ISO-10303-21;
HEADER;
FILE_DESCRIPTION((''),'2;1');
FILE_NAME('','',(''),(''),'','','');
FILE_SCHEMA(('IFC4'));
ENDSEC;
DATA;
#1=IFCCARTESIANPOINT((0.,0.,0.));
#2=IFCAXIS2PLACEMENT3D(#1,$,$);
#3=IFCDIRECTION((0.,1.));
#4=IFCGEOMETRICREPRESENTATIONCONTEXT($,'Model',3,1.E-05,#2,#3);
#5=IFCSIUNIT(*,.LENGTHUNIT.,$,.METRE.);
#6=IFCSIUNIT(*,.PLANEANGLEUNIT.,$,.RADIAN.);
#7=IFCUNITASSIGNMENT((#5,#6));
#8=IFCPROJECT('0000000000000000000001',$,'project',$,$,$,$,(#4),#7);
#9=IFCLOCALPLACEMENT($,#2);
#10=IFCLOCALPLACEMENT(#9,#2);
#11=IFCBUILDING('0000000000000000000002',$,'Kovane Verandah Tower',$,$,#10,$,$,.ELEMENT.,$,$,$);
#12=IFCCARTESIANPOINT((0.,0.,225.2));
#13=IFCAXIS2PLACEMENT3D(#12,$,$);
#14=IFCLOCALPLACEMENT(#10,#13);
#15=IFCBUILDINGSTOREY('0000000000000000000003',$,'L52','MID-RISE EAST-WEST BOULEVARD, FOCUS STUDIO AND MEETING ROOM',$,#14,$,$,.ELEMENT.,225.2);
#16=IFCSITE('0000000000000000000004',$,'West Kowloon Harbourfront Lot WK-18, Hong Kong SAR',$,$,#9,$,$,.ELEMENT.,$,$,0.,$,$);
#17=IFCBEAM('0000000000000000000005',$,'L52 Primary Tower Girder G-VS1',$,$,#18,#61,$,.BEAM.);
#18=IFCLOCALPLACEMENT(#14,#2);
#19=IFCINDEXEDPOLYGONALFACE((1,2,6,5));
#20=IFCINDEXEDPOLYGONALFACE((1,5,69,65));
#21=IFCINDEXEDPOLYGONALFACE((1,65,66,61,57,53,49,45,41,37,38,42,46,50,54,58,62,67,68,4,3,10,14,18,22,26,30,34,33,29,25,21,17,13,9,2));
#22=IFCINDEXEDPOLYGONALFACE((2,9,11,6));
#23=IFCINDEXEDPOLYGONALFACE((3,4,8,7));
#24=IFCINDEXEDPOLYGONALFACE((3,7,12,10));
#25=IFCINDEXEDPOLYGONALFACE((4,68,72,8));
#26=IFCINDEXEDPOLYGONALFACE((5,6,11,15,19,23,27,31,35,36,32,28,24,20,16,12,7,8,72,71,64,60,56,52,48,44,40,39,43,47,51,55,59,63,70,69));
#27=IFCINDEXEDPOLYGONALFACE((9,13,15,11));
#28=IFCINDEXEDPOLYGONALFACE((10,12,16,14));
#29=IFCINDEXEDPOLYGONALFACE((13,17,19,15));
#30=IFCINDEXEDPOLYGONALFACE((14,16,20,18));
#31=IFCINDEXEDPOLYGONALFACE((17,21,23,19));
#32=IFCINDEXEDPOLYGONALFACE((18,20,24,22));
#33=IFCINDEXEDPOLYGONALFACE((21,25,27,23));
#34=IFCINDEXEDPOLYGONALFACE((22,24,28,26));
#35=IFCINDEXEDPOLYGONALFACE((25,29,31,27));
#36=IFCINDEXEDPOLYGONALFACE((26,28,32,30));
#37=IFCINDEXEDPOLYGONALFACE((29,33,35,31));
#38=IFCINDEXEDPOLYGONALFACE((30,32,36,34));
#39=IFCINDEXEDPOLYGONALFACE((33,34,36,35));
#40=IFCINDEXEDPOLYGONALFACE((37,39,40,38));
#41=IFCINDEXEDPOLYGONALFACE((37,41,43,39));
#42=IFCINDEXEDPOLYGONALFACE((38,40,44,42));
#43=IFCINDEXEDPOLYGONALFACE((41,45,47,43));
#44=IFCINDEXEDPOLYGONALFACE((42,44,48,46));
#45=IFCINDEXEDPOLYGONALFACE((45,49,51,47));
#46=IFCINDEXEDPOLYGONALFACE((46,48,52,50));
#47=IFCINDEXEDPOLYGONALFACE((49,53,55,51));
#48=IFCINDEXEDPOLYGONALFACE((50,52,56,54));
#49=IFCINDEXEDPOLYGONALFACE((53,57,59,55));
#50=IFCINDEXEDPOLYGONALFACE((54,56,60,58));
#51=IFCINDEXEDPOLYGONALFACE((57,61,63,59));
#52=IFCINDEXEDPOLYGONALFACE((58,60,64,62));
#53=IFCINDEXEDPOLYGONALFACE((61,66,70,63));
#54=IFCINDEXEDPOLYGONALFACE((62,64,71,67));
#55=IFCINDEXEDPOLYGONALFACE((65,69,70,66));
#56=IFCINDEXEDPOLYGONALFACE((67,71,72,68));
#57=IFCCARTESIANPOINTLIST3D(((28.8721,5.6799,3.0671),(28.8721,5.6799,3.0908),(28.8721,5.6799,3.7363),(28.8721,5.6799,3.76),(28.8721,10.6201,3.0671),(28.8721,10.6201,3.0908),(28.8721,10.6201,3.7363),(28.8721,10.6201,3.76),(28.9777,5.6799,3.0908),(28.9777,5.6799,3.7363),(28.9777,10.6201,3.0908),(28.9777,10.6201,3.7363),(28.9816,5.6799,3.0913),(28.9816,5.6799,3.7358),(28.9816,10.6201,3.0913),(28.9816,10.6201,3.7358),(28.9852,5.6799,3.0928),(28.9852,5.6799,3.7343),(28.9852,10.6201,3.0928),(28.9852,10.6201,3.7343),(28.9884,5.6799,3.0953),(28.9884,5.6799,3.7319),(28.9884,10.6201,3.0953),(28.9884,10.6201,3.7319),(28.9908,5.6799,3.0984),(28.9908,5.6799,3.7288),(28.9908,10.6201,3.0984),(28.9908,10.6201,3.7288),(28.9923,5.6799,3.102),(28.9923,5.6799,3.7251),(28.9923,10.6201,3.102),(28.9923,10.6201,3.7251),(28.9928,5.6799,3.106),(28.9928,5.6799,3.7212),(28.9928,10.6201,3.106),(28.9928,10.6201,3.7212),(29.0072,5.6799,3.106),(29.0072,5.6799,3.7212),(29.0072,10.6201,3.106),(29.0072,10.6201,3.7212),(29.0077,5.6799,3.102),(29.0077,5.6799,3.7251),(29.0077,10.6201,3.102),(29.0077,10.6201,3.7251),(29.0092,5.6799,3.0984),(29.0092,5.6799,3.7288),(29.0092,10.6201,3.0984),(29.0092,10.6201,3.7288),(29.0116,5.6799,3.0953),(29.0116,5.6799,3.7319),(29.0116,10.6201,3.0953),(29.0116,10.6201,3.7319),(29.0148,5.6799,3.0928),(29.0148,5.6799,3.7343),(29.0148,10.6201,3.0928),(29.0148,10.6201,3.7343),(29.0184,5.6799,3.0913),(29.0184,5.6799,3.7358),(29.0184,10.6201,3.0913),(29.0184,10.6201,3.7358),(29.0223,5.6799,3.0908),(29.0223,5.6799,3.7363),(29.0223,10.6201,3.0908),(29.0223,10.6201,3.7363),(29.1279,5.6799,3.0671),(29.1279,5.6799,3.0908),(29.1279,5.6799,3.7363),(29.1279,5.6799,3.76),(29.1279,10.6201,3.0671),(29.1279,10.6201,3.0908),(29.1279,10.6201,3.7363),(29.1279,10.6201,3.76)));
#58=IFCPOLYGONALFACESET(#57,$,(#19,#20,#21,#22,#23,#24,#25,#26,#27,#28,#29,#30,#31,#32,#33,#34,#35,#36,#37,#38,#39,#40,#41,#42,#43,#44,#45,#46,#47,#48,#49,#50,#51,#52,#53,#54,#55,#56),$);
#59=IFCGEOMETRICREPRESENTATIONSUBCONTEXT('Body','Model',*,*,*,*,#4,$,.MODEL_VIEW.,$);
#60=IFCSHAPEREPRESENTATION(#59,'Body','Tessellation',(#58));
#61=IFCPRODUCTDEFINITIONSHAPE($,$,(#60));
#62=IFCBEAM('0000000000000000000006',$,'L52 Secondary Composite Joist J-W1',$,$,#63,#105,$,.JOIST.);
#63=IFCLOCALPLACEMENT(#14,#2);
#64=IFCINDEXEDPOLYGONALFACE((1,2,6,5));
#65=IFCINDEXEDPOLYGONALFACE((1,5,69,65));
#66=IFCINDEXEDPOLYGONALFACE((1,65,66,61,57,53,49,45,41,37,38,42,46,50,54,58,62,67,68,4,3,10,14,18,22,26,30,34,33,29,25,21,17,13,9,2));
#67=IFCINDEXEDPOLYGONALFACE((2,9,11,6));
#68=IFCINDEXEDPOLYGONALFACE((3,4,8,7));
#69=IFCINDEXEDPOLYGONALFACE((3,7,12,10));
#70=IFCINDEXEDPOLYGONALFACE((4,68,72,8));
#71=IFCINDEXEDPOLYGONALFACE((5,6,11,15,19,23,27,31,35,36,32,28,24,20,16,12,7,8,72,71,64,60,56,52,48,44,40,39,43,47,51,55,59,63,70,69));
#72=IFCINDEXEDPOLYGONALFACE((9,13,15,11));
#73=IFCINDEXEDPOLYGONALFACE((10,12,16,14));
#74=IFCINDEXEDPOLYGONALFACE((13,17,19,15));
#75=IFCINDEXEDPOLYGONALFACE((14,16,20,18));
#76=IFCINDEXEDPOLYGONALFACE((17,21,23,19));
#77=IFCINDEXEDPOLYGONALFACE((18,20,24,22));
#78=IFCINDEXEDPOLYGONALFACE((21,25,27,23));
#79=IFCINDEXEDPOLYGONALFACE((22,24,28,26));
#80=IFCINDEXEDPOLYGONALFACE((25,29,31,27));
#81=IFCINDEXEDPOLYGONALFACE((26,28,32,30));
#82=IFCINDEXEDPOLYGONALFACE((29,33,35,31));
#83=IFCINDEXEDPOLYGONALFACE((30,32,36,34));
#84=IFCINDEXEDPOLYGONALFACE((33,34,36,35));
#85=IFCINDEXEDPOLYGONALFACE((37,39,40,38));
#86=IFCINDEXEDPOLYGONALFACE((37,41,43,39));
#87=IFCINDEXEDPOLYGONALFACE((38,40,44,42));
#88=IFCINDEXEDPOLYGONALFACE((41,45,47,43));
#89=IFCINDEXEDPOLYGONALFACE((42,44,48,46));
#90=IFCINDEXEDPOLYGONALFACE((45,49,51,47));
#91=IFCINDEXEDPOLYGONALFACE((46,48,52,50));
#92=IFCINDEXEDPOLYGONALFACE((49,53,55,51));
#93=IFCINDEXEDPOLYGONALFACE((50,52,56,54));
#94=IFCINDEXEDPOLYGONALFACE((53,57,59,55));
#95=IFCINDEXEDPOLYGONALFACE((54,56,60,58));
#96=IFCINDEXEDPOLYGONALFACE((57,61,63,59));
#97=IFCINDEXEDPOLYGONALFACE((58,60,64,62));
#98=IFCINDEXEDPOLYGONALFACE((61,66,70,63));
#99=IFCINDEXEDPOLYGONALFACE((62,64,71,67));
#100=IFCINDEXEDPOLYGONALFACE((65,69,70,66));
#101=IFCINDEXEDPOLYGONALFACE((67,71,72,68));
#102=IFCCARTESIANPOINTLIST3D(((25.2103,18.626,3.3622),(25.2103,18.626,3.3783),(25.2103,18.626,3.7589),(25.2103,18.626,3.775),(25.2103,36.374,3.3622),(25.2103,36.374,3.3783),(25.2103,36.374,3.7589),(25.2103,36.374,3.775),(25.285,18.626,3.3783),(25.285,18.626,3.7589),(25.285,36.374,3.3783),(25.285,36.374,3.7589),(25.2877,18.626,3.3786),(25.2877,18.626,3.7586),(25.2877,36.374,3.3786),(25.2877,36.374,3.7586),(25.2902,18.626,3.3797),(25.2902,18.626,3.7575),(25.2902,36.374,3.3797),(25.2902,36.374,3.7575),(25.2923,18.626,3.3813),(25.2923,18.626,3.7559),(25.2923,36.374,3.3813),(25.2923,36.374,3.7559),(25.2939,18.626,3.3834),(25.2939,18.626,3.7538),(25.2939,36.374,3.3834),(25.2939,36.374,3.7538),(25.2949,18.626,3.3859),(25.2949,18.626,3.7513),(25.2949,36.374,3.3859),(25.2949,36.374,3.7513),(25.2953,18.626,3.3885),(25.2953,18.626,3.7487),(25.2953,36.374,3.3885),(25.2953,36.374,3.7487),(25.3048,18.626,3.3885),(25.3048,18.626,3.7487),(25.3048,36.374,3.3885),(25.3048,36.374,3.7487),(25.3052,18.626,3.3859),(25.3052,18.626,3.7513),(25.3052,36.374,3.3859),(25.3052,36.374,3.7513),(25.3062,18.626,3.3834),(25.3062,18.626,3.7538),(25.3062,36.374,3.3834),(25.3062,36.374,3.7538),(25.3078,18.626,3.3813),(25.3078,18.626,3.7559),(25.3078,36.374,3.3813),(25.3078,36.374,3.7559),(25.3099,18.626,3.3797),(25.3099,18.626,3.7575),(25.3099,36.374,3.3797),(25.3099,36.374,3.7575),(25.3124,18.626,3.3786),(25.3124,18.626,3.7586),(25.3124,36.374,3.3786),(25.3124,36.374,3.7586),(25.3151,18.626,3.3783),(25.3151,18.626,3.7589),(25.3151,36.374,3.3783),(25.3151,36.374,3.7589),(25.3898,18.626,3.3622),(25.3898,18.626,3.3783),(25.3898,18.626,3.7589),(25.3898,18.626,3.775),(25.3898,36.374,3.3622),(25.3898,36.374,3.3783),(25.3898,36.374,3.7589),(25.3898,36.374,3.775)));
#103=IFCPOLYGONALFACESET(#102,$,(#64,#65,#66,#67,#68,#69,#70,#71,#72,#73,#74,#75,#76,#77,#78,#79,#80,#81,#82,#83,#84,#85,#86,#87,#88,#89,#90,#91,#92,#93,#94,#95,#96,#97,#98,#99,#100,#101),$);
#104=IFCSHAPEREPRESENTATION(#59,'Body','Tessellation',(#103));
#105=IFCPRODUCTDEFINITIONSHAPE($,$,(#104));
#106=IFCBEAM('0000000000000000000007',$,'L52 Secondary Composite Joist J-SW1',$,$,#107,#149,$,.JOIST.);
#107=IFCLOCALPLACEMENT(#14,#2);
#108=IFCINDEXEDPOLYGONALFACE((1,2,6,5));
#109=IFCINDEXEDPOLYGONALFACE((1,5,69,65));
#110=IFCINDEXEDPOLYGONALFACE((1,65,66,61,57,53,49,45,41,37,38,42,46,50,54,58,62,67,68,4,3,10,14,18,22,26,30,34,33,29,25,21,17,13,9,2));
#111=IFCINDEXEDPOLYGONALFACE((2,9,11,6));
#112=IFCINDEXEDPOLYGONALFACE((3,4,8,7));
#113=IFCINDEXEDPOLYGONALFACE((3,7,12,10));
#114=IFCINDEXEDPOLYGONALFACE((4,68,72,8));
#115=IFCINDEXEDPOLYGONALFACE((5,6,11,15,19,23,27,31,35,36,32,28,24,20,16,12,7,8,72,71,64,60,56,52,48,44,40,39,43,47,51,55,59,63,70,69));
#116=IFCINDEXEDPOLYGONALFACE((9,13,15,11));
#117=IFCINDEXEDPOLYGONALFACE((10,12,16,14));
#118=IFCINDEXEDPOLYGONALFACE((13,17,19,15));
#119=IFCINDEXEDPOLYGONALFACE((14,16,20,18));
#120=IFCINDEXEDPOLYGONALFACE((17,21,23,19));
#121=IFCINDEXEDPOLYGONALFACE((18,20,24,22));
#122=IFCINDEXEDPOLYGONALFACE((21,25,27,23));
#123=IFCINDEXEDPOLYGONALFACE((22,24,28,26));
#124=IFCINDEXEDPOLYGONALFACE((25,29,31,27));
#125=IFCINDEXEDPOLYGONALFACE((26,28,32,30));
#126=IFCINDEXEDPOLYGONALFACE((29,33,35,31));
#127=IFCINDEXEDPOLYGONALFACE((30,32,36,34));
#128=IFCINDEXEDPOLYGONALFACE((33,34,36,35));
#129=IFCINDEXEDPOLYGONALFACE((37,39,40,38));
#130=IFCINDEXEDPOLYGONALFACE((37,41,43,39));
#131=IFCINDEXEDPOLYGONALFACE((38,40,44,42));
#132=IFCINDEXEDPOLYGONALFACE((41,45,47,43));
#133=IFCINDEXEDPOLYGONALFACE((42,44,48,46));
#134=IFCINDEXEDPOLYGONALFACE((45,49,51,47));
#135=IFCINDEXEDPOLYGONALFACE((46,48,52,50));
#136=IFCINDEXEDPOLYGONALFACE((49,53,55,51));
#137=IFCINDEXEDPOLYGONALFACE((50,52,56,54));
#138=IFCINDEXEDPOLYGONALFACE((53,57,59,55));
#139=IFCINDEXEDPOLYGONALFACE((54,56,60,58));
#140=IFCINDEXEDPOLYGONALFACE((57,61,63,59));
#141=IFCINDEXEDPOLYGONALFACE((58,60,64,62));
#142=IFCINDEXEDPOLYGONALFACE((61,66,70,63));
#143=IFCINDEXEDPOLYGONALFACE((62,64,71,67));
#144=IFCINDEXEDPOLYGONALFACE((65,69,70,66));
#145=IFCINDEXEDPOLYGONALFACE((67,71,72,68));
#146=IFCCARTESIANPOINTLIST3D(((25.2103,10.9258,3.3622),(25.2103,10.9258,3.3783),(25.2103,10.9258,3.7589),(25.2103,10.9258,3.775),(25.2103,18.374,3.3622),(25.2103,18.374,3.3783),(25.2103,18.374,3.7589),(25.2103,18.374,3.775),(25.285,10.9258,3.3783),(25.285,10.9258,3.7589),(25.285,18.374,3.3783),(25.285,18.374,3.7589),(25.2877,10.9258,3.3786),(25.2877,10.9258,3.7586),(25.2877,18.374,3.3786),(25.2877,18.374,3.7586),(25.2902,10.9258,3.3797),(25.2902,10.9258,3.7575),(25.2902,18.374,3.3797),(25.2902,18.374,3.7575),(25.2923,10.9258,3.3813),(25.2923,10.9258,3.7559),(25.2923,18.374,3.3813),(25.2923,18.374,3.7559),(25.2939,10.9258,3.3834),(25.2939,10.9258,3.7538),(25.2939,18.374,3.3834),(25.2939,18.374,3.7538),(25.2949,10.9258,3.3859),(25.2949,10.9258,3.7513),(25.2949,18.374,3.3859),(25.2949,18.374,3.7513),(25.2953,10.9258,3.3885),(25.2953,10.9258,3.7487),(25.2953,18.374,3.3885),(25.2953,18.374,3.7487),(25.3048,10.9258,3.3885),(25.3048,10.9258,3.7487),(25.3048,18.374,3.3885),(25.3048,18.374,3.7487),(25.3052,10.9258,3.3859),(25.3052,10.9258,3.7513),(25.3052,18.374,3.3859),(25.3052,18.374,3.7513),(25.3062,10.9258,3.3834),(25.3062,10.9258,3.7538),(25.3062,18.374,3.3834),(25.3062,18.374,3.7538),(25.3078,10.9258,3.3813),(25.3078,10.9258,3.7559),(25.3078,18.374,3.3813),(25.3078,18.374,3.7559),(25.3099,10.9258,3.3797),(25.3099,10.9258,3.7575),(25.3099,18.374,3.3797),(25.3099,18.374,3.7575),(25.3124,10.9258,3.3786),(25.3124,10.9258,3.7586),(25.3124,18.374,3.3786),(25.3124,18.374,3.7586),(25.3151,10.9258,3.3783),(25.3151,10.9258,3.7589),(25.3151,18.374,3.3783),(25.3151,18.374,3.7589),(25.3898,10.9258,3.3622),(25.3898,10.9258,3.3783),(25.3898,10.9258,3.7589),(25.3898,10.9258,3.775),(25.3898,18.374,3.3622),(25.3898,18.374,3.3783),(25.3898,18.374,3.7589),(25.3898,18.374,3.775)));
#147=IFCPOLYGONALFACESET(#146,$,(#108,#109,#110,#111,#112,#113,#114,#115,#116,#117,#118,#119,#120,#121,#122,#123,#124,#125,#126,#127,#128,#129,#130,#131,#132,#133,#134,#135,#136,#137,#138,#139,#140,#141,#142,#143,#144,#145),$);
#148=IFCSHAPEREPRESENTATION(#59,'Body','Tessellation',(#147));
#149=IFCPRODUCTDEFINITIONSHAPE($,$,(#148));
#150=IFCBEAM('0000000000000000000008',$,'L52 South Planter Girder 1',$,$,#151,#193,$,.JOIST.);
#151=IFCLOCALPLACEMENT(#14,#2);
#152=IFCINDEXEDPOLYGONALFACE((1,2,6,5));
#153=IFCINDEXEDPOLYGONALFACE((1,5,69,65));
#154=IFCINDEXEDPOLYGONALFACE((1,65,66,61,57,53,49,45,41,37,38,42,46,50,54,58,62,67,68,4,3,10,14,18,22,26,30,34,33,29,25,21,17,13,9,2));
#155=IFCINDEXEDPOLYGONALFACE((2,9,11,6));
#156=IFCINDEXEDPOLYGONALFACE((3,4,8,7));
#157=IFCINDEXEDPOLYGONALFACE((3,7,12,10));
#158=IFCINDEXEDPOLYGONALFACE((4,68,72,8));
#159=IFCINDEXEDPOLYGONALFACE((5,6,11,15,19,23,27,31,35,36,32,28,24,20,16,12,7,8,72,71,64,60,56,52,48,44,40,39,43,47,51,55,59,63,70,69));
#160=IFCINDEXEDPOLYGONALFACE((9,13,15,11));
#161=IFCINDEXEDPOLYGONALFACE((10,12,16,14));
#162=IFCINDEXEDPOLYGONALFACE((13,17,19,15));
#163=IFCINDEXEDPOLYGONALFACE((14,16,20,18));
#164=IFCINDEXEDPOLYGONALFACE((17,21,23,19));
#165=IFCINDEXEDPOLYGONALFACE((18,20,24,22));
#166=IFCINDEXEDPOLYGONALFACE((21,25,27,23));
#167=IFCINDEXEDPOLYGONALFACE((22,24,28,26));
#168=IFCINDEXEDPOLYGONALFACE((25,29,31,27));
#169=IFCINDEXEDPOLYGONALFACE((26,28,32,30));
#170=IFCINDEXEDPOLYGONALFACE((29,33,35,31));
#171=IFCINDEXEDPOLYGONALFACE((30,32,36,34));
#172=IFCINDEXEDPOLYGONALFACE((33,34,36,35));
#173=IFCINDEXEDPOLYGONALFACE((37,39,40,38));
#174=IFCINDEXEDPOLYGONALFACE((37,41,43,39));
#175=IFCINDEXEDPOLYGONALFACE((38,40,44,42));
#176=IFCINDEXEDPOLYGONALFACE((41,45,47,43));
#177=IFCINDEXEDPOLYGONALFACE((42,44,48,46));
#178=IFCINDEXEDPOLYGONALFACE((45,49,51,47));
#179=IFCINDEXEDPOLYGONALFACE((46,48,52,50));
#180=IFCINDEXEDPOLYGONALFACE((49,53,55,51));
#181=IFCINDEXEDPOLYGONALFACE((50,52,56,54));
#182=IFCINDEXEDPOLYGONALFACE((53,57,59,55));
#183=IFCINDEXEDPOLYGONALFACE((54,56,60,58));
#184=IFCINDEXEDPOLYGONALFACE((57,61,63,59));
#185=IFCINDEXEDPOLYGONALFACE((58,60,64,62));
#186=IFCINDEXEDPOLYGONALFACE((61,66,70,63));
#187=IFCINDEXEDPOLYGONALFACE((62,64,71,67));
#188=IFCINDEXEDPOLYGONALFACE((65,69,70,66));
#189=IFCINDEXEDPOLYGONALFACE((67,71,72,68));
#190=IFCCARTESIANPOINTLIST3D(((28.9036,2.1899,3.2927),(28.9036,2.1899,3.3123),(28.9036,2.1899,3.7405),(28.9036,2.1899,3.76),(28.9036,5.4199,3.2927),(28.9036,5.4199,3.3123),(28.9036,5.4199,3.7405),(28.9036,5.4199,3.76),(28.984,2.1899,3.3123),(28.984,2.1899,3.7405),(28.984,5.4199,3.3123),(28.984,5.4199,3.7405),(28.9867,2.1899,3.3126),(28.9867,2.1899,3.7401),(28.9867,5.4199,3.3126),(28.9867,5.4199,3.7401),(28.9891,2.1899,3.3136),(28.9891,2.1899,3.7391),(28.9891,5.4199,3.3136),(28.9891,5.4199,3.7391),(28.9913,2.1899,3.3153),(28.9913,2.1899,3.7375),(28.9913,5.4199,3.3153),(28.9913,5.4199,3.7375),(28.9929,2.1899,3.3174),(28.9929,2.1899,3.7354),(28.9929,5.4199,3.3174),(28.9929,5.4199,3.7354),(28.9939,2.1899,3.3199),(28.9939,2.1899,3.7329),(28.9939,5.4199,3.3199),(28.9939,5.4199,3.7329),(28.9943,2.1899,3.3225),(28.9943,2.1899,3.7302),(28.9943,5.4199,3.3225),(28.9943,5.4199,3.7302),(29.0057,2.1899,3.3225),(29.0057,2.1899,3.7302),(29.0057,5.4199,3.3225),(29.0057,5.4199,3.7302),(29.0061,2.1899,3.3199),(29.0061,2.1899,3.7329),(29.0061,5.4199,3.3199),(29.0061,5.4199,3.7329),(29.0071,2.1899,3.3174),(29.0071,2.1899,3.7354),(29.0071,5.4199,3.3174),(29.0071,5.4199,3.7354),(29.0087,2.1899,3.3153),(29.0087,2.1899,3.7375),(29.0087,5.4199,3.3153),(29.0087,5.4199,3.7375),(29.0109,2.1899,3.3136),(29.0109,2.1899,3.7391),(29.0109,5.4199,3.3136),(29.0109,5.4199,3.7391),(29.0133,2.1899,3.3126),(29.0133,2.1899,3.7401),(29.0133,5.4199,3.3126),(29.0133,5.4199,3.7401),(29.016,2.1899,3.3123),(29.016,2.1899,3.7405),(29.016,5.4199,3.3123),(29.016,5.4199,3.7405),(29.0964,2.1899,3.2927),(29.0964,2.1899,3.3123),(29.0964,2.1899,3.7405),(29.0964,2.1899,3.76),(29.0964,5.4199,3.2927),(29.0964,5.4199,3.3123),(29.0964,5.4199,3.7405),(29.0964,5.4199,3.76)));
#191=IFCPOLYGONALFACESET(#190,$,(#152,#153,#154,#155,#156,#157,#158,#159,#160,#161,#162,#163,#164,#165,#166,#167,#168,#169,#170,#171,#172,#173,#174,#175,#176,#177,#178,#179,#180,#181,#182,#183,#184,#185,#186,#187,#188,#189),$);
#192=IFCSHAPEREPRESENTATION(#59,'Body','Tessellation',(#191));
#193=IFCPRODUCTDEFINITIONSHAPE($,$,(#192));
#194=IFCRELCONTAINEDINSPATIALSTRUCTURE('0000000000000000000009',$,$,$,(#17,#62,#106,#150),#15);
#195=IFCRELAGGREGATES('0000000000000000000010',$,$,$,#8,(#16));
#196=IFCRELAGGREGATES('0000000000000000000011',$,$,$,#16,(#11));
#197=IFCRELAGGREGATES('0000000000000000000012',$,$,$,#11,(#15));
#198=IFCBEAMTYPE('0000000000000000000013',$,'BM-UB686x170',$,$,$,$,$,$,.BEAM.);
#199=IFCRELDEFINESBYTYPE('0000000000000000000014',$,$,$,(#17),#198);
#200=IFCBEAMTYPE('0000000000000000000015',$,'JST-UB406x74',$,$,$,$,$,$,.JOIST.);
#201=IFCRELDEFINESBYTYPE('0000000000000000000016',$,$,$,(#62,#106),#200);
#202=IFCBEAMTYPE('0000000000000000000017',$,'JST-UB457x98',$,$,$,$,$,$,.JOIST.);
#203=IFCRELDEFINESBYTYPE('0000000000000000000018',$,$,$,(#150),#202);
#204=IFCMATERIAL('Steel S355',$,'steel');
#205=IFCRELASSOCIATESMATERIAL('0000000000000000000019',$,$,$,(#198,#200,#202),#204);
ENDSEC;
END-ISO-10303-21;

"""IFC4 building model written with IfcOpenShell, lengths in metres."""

from ifc_helpers import new_model, si_unit, direction, frame, origin, origin_2d, place, context, subcontext, project, spatial, i_section, extrude, material, material_profile, profile_set, type_object, element, save


model = new_model("IFC4")

# Units and contexts
model_context = context("Model", 3, precision=1e-05, world=origin(), true_north=direction((0.0, 1.0)))
body_context = subcontext(model_context, "Body", "Model", "MODEL_VIEW")
ifc_project = project(units=[si_unit("LENGTHUNIT", "METRE"), si_unit("PLANEANGLEUNIT", "RADIAN")], contexts=[model_context])

# Site, building, storey
site_placement = place(None, origin())
site = spatial("IfcSite", under=ifc_project, at=site_placement, Name="West Kowloon Harbourfront Lot WK-18, Hong Kong SAR", CompositionType="ELEMENT", RefElevation=0.0)
building_placement = place(site_placement, origin())
building = spatial("IfcBuilding", under=site, at=building_placement, Name="Kovane Verandah Tower", CompositionType="ELEMENT")
storey_placement = place(building_placement, frame((0.0, 0.0, 225.2)))
storey = spatial("IfcBuildingStorey", under=building, at=storey_placement, Name="L52", Description="MID-RISE EAST-WEST BOULEVARD, FOCUS STUDIO AND MEETING ROOM", CompositionType="ELEMENT", Elevation=225.2)

# Beams
ifc_material_1 = material(Name="Steel S355", Category="steel")
ifc_material_profile_1 = material_profile(ifc_material_1, i_section(OverallWidth=0.2559, OverallDepth=0.6929, WebThickness=0.0144, FlangeThickness=0.0237, FilletRadius=0.0151, at=origin_2d()), Name="UB686x254x170")
ifc_profile_set_1 = profile_set([ifc_material_profile_1], Name="Steel S355")
beam_type_1 = type_object("IfcBeamType", Name="BM-UB686x170", PredefinedType="BEAM", material=ifc_profile_set_1)
beam_1_placement = place(storey_placement, frame((29.0, 10.6201, 3.4136), z_axis=(0.0, -1.0, 0.0), x_axis=(1.0, 0.0, 0.0)))
element("IfcBeam", 1, at=beam_1_placement, inside=storey, type_object=beam_type_1, Name="L52 Primary Tower Girder G-VS1", PredefinedType="BEAM", context=body_context, shape_type="SweptSolid", body=[
    extrude(i_section(OverallWidth=0.2559, OverallDepth=0.6929, WebThickness=0.0144, FlangeThickness=0.0237, FilletRadius=0.0151, at=origin_2d()), origin(), (0.0, 0.0, 1.0), 4.9402),
])
ifc_material_profile_2 = material_profile(ifc_material_1, i_section(OverallWidth=0.1794, OverallDepth=0.4128, WebThickness=0.0095, FlangeThickness=0.0161, FilletRadius=0.0103, at=origin_2d()), Name="UB406x178x74")
ifc_profile_set_2 = profile_set([ifc_material_profile_2], Name="Steel S355")
beam_type_2 = type_object("IfcBeamType", Name="JST-UB406x74", PredefinedType="JOIST", material=ifc_profile_set_2)
beam_2_placement = place(storey_placement, frame((25.3, 18.626, 3.5686), z_axis=(0.0, 1.0, 0.0), x_axis=(-1.0, 0.0, 0.0)))
element("IfcBeam", 2, at=beam_2_placement, inside=storey, type_object=beam_type_2, Name="L52 Secondary Composite Joist J-W1", PredefinedType="JOIST", context=body_context, shape_type="SweptSolid", body=[
    extrude(i_section(OverallWidth=0.1794, OverallDepth=0.4128, WebThickness=0.0095, FlangeThickness=0.0161, FilletRadius=0.0103, at=origin_2d()), origin(), (0.0, 0.0, 1.0), 17.748),
])
beam_3_placement = place(storey_placement, frame((25.3, 10.9258, 3.5686), z_axis=(0.0, 1.0, 0.0), x_axis=(-1.0, 0.0, 0.0)))
element("IfcBeam", 3, at=beam_3_placement, inside=storey, type_object=beam_type_2, Name="L52 Secondary Composite Joist J-SW1", PredefinedType="JOIST", context=body_context, shape_type="SweptSolid", body=[
    extrude(i_section(OverallWidth=0.1794, OverallDepth=0.4128, WebThickness=0.0095, FlangeThickness=0.0161, FilletRadius=0.0103, at=origin_2d()), origin(), (0.0, 0.0, 1.0), 7.4482),
])
ifc_material_profile_3 = material_profile(ifc_material_1, i_section(OverallWidth=0.1929, OverallDepth=0.4673, WebThickness=0.0115, FlangeThickness=0.0195, FilletRadius=0.0103, at=origin_2d()), Name="UB457x191x98")
ifc_profile_set_3 = profile_set([ifc_material_profile_3], Name="Steel S355")
beam_type_3 = type_object("IfcBeamType", Name="JST-UB457x98", PredefinedType="JOIST", material=ifc_profile_set_3)
beam_4_placement = place(storey_placement, frame((29.0, 5.4199, 3.5264), z_axis=(0.0, -1.0, 0.0), x_axis=(1.0, 0.0, 0.0)))
element("IfcBeam", 4, at=beam_4_placement, inside=storey, type_object=beam_type_3, Name="L52 South Planter Girder 1", PredefinedType="JOIST", context=body_context, shape_type="SweptSolid", body=[
    extrude(i_section(OverallWidth=0.1929, OverallDepth=0.4673, WebThickness=0.0115, FlangeThickness=0.0195, FilletRadius=0.0103, at=origin_2d()), origin(), (0.0, 0.0, 1.0), 3.23),
])

save(model, "model.ifc")
